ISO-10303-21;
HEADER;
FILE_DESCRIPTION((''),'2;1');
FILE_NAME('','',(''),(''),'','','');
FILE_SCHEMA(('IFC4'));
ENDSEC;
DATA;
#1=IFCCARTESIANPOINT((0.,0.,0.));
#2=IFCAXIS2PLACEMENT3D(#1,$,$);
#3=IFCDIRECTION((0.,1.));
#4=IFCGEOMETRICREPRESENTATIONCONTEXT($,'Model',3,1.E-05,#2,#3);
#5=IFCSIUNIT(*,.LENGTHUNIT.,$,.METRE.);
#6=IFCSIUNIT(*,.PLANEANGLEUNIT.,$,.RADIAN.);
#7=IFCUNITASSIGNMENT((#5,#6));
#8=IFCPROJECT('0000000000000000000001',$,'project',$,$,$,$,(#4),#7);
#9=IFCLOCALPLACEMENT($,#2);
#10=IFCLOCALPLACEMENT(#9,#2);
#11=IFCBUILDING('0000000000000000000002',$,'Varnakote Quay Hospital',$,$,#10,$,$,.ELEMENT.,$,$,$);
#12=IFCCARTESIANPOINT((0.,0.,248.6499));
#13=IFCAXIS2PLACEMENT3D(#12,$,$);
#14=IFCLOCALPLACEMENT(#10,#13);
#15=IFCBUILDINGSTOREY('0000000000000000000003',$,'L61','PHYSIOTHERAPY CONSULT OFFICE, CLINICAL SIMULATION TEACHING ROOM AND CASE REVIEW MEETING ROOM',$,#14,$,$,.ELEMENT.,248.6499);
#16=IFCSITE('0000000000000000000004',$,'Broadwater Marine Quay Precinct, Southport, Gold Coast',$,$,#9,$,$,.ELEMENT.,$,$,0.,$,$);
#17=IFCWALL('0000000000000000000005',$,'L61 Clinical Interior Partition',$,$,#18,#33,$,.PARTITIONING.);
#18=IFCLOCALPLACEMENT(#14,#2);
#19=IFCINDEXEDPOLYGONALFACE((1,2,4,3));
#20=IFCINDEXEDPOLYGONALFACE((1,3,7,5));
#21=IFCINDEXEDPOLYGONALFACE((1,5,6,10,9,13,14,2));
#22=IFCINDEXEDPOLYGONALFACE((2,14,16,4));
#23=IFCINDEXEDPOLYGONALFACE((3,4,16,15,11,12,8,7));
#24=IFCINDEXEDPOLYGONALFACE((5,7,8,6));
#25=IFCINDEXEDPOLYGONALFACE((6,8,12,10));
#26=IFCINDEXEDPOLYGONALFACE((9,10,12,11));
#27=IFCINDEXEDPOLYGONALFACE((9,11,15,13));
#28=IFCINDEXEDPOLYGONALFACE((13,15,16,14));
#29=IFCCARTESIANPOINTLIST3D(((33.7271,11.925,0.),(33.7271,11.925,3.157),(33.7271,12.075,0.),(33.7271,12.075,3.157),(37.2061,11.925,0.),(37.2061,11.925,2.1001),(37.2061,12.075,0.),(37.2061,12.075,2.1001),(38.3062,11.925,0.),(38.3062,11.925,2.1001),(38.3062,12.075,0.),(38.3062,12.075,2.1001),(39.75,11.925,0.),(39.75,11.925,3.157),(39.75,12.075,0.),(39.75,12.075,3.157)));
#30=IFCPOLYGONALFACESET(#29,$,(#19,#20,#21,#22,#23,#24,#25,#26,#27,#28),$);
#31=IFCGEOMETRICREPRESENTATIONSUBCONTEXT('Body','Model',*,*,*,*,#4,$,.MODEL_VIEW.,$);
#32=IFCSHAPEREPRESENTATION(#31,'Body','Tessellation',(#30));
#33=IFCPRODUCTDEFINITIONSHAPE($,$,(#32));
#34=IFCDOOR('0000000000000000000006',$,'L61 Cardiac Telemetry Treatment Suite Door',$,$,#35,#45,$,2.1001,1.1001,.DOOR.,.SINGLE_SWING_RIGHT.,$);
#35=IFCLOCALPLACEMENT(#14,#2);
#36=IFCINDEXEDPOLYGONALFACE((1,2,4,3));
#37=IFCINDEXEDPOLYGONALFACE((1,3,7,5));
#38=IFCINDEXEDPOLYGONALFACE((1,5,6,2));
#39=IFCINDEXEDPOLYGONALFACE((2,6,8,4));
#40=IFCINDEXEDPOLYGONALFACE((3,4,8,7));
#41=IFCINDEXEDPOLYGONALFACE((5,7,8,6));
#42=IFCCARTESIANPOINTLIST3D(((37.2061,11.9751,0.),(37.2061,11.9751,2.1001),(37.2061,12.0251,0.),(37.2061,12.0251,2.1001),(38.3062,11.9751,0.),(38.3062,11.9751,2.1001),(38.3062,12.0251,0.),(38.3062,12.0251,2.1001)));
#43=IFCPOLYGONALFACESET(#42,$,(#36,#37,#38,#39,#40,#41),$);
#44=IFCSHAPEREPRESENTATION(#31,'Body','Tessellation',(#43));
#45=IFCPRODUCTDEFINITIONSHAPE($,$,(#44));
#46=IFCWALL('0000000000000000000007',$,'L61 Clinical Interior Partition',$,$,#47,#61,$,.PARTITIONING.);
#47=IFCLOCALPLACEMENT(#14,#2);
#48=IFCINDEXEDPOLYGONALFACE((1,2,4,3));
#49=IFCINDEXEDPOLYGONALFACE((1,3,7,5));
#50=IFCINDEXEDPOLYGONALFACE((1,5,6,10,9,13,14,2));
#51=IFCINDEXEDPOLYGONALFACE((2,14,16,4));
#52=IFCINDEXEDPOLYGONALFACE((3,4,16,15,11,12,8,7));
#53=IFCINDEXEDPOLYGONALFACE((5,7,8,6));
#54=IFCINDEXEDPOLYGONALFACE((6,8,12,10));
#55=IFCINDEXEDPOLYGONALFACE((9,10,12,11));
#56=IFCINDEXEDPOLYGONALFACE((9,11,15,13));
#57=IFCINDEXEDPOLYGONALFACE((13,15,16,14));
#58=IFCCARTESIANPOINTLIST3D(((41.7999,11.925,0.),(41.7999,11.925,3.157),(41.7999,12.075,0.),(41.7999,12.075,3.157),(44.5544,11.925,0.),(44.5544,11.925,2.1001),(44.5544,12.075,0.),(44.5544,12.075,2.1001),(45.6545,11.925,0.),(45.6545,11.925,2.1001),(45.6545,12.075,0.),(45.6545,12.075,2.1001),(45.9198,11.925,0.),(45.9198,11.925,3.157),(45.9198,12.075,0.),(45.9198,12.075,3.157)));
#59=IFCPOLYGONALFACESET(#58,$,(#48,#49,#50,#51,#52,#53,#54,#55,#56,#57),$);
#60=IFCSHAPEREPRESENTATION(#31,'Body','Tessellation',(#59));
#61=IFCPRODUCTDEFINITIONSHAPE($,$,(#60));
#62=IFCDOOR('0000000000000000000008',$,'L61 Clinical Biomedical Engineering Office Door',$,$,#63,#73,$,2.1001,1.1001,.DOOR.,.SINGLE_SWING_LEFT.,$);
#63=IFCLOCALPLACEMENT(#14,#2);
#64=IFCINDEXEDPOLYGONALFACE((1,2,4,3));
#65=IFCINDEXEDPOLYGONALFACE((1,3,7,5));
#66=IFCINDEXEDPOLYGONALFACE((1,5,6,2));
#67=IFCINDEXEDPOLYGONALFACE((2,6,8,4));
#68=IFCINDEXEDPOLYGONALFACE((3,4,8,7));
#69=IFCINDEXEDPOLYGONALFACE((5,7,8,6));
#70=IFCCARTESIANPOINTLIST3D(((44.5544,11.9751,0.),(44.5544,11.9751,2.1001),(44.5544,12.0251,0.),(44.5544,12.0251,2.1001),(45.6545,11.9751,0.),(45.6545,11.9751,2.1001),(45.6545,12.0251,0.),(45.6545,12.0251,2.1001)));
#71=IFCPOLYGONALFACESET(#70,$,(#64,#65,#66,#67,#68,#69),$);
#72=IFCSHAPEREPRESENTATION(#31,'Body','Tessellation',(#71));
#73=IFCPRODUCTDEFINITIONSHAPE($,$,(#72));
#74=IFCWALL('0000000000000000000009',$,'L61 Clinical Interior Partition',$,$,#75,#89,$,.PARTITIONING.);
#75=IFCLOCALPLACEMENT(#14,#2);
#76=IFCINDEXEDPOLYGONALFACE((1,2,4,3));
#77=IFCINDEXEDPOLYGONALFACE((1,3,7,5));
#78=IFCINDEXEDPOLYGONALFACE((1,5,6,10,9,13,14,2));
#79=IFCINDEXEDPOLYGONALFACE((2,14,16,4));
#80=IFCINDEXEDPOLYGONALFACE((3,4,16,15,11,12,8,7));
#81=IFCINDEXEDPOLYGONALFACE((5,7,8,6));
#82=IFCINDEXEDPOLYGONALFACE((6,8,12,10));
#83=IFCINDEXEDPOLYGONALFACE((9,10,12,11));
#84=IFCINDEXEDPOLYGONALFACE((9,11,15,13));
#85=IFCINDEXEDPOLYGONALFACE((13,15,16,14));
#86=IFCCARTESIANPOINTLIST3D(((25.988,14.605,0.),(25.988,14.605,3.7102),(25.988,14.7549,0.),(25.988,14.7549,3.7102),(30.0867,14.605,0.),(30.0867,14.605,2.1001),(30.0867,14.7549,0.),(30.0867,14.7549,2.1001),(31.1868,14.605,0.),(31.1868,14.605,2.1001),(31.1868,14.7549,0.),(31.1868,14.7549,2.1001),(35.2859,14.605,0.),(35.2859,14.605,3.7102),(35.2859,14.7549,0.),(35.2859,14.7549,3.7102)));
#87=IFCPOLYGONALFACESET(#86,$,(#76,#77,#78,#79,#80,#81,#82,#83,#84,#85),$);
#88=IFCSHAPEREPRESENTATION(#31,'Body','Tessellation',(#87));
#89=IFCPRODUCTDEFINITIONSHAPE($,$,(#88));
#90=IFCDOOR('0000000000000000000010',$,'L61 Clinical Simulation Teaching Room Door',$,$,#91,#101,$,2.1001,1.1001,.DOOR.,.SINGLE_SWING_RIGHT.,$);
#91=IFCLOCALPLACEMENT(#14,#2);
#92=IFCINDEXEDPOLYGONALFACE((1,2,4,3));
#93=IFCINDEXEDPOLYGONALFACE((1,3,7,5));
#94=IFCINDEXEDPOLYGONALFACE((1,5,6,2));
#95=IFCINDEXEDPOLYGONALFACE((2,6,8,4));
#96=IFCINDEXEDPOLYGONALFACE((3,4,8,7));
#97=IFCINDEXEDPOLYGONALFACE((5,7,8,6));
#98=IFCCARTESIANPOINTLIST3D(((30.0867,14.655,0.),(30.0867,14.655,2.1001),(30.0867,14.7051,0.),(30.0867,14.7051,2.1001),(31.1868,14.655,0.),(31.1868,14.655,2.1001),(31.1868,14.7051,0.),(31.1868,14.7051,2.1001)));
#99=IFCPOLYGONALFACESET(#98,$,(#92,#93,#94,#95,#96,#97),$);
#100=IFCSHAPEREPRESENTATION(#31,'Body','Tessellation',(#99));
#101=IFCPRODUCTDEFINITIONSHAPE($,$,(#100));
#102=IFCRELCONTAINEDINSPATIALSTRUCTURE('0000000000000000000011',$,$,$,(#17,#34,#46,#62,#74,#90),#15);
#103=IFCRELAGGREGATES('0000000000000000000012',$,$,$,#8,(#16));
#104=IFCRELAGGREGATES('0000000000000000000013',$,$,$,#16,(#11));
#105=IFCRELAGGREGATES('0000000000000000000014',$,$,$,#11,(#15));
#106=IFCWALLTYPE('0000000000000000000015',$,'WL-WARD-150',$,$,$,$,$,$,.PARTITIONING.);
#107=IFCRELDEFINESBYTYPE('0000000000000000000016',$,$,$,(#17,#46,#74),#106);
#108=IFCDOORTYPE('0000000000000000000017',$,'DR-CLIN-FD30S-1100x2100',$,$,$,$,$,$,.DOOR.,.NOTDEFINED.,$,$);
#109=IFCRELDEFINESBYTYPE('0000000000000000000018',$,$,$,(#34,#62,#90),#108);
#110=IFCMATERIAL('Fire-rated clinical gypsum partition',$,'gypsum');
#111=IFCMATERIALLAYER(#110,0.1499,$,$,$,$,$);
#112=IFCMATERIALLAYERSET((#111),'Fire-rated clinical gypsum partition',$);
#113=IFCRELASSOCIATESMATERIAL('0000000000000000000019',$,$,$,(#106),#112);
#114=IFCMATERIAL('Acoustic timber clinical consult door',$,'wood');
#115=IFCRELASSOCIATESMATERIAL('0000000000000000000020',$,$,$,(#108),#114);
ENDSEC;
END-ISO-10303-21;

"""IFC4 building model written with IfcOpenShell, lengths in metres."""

from ifc_helpers import new_model, si_unit, direction, frame, frame_2d, origin, place, context, subcontext, project, spatial, rectangle, extrude, material, layer, layer_set, type_object, element, fill, save


model = new_model("IFC4")

# Units and contexts
model_context = context("Model", 3, precision=1e-05, world=origin(), true_north=direction((0.0, 1.0)))
body_context = subcontext(model_context, "Body", "Model", "MODEL_VIEW")
ifc_project = project(units=[si_unit("LENGTHUNIT", "METRE"), si_unit("PLANEANGLEUNIT", "RADIAN")], contexts=[model_context])

# Site, building, storey
site_placement = place(None, origin())
site = spatial("IfcSite", under=ifc_project, at=site_placement, Name="Broadwater Marine Quay Precinct, Southport, Gold Coast", CompositionType="ELEMENT", RefElevation=0.0)
building_placement = place(site_placement, origin())
building = spatial("IfcBuilding", under=site, at=building_placement, Name="Varnakote Quay Hospital", CompositionType="ELEMENT")
storey_placement = place(building_placement, frame((0.0, 0.0, 248.6499)))
storey = spatial("IfcBuildingStorey", under=building, at=storey_placement, Name="L61", Description="PHYSIOTHERAPY CONSULT OFFICE, CLINICAL SIMULATION TEACHING ROOM AND CASE REVIEW MEETING ROOM", CompositionType="ELEMENT", Elevation=248.6499)

# Walls, openings, doors
ifc_material_1 = material(Name="Fire-rated clinical gypsum partition", Category="gypsum")
ifc_layer_1 = layer(ifc_material_1, 0.1499)
ifc_layer_set_1 = layer_set([ifc_layer_1], Name="Fire-rated clinical gypsum partition")
wall_type_1 = type_object("IfcWallType", Name="WL-WARD-150", PredefinedType="PARTITIONING", material=ifc_layer_set_1)
wall_1_placement = place(storey_placement, frame((39.75, 12.0, 0.0), z_axis=(0.0, 0.0, 1.0), x_axis=(-1.0, 0.0, 0.0)))
wall_1 = element("IfcWall", 1, at=wall_1_placement, inside=storey, type_object=wall_type_1, Name="L61 Clinical Interior Partition", PredefinedType="PARTITIONING", context=body_context, shape_type="SweptSolid", body=[
    extrude(rectangle(XDim=6.0229, YDim=0.1499, at=frame_2d((3.0115, 0.0))), origin(), (0.0, 0.0, 1.0), 3.157),
])
opening_1_placement = place(wall_1_placement, frame((1.4438, 0.0, 0.0)))
opening_1 = element("IfcOpeningElement", 2, at=opening_1_placement, cuts=wall_1, PredefinedType="OPENING", context=body_context, shape_type="SweptSolid", body=[
    extrude(rectangle(XDim=1.1001, YDim=2.1001, at=frame_2d((0.55, 1.05))), frame((0.0, 0.085, 0.0), z_axis=(0.0, -1.0, 0.0), x_axis=(1.0, 0.0, 0.0)), (0.0, 0.0, 1.0), 0.1699),
])
ifc_material_2 = material(Name="Acoustic timber clinical consult door", Category="wood")
door_type_1 = type_object("IfcDoorType", Name="DR-CLIN-FD30S-1100x2100", OperationType="NOTDEFINED", PredefinedType="DOOR", material=ifc_material_2)
door_1_placement = place(opening_1_placement, origin())
door_1 = element("IfcDoor", 3, at=door_1_placement, inside=storey, type_object=door_type_1, Name="L61 Cardiac Telemetry Treatment Suite Door", OperationType="SINGLE_SWING_RIGHT", OverallHeight=2.1001, OverallWidth=1.1001, PredefinedType="DOOR", context=body_context, shape_type="SweptSolid", body=[
    extrude(rectangle(XDim=1.1001, YDim=2.1001, at=frame_2d((0.55, 1.05))), frame((0.0, 0.0249, 0.0), z_axis=(0.0, -1.0, 0.0), x_axis=(1.0, 0.0, 0.0)), (0.0, 0.0, 1.0), 0.05),
])
fill(opening_1, door_1)
wall_2_placement = place(storey_placement, frame((45.9199, 12.0, 0.0), z_axis=(0.0, 0.0, 1.0), x_axis=(-1.0, 0.0, 0.0)))
wall_2 = element("IfcWall", 4, at=wall_2_placement, inside=storey, type_object=wall_type_1, Name="L61 Clinical Interior Partition", PredefinedType="PARTITIONING", context=body_context, shape_type="SweptSolid", body=[
    extrude(rectangle(XDim=4.1199, YDim=0.1499, at=frame_2d((2.0601, 0.0))), origin(), (0.0, 0.0, 1.0), 3.157),
])
opening_2_placement = place(wall_2_placement, frame((0.2654, 0.0, 0.0)))
opening_2 = element("IfcOpeningElement", 5, at=opening_2_placement, cuts=wall_2, PredefinedType="OPENING", context=body_context, shape_type="SweptSolid", body=[
    extrude(rectangle(XDim=1.1001, YDim=2.1001, at=frame_2d((0.55, 1.05))), frame((0.0, 0.085, 0.0), z_axis=(0.0, -1.0, 0.0), x_axis=(1.0, 0.0, 0.0)), (0.0, 0.0, 1.0), 0.1699),
])
door_2_placement = place(opening_2_placement, origin())
door_2 = element("IfcDoor", 6, at=door_2_placement, inside=storey, type_object=door_type_1, Name="L61 Clinical Biomedical Engineering Office Door", OperationType="SINGLE_SWING_LEFT", OverallHeight=2.1001, OverallWidth=1.1001, PredefinedType="DOOR", context=body_context, shape_type="SweptSolid", body=[
    extrude(rectangle(XDim=1.1001, YDim=2.1001, at=frame_2d((0.55, 1.05))), frame((0.0, 0.0249, 0.0), z_axis=(0.0, -1.0, 0.0), x_axis=(1.0, 0.0, 0.0)), (0.0, 0.0, 1.0), 0.05),
])
fill(opening_2, door_2)
wall_3_placement = place(storey_placement, frame((35.2859, 14.6799, 0.0), z_axis=(0.0, 0.0, 1.0), x_axis=(-1.0, 0.0, 0.0)))
wall_3 = element("IfcWall", 7, at=wall_3_placement, inside=storey, type_object=wall_type_1, Name="L61 Clinical Interior Partition", PredefinedType="PARTITIONING", context=body_context, shape_type="SweptSolid", body=[
    extrude(rectangle(XDim=9.2979, YDim=0.1499, at=frame_2d((4.6489, 0.0))), origin(), (0.0, 0.0, 1.0), 3.7102),
])
opening_3_placement = place(wall_3_placement, frame((4.0991, 0.0, 0.0)))
opening_3 = element("IfcOpeningElement", 8, at=opening_3_placement, cuts=wall_3, PredefinedType="OPENING", context=body_context, shape_type="SweptSolid", body=[
    extrude(rectangle(XDim=1.1001, YDim=2.1001, at=frame_2d((0.55, 1.05))), frame((0.0, 0.085, 0.0), z_axis=(0.0, -1.0, 0.0), x_axis=(1.0, 0.0, 0.0)), (0.0, 0.0, 1.0), 0.1699),
])
door_3_placement = place(opening_3_placement, origin())
door_3 = element("IfcDoor", 9, at=door_3_placement, inside=storey, type_object=door_type_1, Name="L61 Clinical Simulation Teaching Room Door", OperationType="SINGLE_SWING_RIGHT", OverallHeight=2.1001, OverallWidth=1.1001, PredefinedType="DOOR", context=body_context, shape_type="SweptSolid", body=[
    extrude(rectangle(XDim=1.1001, YDim=2.1001, at=frame_2d((0.55, 1.05))), frame((0.0, 0.0249, 0.0), z_axis=(0.0, -1.0, 0.0), x_axis=(1.0, 0.0, 0.0)), (0.0, 0.0, 1.0), 0.05),
])
fill(opening_3, door_3)

save(model, "model.ifc")
